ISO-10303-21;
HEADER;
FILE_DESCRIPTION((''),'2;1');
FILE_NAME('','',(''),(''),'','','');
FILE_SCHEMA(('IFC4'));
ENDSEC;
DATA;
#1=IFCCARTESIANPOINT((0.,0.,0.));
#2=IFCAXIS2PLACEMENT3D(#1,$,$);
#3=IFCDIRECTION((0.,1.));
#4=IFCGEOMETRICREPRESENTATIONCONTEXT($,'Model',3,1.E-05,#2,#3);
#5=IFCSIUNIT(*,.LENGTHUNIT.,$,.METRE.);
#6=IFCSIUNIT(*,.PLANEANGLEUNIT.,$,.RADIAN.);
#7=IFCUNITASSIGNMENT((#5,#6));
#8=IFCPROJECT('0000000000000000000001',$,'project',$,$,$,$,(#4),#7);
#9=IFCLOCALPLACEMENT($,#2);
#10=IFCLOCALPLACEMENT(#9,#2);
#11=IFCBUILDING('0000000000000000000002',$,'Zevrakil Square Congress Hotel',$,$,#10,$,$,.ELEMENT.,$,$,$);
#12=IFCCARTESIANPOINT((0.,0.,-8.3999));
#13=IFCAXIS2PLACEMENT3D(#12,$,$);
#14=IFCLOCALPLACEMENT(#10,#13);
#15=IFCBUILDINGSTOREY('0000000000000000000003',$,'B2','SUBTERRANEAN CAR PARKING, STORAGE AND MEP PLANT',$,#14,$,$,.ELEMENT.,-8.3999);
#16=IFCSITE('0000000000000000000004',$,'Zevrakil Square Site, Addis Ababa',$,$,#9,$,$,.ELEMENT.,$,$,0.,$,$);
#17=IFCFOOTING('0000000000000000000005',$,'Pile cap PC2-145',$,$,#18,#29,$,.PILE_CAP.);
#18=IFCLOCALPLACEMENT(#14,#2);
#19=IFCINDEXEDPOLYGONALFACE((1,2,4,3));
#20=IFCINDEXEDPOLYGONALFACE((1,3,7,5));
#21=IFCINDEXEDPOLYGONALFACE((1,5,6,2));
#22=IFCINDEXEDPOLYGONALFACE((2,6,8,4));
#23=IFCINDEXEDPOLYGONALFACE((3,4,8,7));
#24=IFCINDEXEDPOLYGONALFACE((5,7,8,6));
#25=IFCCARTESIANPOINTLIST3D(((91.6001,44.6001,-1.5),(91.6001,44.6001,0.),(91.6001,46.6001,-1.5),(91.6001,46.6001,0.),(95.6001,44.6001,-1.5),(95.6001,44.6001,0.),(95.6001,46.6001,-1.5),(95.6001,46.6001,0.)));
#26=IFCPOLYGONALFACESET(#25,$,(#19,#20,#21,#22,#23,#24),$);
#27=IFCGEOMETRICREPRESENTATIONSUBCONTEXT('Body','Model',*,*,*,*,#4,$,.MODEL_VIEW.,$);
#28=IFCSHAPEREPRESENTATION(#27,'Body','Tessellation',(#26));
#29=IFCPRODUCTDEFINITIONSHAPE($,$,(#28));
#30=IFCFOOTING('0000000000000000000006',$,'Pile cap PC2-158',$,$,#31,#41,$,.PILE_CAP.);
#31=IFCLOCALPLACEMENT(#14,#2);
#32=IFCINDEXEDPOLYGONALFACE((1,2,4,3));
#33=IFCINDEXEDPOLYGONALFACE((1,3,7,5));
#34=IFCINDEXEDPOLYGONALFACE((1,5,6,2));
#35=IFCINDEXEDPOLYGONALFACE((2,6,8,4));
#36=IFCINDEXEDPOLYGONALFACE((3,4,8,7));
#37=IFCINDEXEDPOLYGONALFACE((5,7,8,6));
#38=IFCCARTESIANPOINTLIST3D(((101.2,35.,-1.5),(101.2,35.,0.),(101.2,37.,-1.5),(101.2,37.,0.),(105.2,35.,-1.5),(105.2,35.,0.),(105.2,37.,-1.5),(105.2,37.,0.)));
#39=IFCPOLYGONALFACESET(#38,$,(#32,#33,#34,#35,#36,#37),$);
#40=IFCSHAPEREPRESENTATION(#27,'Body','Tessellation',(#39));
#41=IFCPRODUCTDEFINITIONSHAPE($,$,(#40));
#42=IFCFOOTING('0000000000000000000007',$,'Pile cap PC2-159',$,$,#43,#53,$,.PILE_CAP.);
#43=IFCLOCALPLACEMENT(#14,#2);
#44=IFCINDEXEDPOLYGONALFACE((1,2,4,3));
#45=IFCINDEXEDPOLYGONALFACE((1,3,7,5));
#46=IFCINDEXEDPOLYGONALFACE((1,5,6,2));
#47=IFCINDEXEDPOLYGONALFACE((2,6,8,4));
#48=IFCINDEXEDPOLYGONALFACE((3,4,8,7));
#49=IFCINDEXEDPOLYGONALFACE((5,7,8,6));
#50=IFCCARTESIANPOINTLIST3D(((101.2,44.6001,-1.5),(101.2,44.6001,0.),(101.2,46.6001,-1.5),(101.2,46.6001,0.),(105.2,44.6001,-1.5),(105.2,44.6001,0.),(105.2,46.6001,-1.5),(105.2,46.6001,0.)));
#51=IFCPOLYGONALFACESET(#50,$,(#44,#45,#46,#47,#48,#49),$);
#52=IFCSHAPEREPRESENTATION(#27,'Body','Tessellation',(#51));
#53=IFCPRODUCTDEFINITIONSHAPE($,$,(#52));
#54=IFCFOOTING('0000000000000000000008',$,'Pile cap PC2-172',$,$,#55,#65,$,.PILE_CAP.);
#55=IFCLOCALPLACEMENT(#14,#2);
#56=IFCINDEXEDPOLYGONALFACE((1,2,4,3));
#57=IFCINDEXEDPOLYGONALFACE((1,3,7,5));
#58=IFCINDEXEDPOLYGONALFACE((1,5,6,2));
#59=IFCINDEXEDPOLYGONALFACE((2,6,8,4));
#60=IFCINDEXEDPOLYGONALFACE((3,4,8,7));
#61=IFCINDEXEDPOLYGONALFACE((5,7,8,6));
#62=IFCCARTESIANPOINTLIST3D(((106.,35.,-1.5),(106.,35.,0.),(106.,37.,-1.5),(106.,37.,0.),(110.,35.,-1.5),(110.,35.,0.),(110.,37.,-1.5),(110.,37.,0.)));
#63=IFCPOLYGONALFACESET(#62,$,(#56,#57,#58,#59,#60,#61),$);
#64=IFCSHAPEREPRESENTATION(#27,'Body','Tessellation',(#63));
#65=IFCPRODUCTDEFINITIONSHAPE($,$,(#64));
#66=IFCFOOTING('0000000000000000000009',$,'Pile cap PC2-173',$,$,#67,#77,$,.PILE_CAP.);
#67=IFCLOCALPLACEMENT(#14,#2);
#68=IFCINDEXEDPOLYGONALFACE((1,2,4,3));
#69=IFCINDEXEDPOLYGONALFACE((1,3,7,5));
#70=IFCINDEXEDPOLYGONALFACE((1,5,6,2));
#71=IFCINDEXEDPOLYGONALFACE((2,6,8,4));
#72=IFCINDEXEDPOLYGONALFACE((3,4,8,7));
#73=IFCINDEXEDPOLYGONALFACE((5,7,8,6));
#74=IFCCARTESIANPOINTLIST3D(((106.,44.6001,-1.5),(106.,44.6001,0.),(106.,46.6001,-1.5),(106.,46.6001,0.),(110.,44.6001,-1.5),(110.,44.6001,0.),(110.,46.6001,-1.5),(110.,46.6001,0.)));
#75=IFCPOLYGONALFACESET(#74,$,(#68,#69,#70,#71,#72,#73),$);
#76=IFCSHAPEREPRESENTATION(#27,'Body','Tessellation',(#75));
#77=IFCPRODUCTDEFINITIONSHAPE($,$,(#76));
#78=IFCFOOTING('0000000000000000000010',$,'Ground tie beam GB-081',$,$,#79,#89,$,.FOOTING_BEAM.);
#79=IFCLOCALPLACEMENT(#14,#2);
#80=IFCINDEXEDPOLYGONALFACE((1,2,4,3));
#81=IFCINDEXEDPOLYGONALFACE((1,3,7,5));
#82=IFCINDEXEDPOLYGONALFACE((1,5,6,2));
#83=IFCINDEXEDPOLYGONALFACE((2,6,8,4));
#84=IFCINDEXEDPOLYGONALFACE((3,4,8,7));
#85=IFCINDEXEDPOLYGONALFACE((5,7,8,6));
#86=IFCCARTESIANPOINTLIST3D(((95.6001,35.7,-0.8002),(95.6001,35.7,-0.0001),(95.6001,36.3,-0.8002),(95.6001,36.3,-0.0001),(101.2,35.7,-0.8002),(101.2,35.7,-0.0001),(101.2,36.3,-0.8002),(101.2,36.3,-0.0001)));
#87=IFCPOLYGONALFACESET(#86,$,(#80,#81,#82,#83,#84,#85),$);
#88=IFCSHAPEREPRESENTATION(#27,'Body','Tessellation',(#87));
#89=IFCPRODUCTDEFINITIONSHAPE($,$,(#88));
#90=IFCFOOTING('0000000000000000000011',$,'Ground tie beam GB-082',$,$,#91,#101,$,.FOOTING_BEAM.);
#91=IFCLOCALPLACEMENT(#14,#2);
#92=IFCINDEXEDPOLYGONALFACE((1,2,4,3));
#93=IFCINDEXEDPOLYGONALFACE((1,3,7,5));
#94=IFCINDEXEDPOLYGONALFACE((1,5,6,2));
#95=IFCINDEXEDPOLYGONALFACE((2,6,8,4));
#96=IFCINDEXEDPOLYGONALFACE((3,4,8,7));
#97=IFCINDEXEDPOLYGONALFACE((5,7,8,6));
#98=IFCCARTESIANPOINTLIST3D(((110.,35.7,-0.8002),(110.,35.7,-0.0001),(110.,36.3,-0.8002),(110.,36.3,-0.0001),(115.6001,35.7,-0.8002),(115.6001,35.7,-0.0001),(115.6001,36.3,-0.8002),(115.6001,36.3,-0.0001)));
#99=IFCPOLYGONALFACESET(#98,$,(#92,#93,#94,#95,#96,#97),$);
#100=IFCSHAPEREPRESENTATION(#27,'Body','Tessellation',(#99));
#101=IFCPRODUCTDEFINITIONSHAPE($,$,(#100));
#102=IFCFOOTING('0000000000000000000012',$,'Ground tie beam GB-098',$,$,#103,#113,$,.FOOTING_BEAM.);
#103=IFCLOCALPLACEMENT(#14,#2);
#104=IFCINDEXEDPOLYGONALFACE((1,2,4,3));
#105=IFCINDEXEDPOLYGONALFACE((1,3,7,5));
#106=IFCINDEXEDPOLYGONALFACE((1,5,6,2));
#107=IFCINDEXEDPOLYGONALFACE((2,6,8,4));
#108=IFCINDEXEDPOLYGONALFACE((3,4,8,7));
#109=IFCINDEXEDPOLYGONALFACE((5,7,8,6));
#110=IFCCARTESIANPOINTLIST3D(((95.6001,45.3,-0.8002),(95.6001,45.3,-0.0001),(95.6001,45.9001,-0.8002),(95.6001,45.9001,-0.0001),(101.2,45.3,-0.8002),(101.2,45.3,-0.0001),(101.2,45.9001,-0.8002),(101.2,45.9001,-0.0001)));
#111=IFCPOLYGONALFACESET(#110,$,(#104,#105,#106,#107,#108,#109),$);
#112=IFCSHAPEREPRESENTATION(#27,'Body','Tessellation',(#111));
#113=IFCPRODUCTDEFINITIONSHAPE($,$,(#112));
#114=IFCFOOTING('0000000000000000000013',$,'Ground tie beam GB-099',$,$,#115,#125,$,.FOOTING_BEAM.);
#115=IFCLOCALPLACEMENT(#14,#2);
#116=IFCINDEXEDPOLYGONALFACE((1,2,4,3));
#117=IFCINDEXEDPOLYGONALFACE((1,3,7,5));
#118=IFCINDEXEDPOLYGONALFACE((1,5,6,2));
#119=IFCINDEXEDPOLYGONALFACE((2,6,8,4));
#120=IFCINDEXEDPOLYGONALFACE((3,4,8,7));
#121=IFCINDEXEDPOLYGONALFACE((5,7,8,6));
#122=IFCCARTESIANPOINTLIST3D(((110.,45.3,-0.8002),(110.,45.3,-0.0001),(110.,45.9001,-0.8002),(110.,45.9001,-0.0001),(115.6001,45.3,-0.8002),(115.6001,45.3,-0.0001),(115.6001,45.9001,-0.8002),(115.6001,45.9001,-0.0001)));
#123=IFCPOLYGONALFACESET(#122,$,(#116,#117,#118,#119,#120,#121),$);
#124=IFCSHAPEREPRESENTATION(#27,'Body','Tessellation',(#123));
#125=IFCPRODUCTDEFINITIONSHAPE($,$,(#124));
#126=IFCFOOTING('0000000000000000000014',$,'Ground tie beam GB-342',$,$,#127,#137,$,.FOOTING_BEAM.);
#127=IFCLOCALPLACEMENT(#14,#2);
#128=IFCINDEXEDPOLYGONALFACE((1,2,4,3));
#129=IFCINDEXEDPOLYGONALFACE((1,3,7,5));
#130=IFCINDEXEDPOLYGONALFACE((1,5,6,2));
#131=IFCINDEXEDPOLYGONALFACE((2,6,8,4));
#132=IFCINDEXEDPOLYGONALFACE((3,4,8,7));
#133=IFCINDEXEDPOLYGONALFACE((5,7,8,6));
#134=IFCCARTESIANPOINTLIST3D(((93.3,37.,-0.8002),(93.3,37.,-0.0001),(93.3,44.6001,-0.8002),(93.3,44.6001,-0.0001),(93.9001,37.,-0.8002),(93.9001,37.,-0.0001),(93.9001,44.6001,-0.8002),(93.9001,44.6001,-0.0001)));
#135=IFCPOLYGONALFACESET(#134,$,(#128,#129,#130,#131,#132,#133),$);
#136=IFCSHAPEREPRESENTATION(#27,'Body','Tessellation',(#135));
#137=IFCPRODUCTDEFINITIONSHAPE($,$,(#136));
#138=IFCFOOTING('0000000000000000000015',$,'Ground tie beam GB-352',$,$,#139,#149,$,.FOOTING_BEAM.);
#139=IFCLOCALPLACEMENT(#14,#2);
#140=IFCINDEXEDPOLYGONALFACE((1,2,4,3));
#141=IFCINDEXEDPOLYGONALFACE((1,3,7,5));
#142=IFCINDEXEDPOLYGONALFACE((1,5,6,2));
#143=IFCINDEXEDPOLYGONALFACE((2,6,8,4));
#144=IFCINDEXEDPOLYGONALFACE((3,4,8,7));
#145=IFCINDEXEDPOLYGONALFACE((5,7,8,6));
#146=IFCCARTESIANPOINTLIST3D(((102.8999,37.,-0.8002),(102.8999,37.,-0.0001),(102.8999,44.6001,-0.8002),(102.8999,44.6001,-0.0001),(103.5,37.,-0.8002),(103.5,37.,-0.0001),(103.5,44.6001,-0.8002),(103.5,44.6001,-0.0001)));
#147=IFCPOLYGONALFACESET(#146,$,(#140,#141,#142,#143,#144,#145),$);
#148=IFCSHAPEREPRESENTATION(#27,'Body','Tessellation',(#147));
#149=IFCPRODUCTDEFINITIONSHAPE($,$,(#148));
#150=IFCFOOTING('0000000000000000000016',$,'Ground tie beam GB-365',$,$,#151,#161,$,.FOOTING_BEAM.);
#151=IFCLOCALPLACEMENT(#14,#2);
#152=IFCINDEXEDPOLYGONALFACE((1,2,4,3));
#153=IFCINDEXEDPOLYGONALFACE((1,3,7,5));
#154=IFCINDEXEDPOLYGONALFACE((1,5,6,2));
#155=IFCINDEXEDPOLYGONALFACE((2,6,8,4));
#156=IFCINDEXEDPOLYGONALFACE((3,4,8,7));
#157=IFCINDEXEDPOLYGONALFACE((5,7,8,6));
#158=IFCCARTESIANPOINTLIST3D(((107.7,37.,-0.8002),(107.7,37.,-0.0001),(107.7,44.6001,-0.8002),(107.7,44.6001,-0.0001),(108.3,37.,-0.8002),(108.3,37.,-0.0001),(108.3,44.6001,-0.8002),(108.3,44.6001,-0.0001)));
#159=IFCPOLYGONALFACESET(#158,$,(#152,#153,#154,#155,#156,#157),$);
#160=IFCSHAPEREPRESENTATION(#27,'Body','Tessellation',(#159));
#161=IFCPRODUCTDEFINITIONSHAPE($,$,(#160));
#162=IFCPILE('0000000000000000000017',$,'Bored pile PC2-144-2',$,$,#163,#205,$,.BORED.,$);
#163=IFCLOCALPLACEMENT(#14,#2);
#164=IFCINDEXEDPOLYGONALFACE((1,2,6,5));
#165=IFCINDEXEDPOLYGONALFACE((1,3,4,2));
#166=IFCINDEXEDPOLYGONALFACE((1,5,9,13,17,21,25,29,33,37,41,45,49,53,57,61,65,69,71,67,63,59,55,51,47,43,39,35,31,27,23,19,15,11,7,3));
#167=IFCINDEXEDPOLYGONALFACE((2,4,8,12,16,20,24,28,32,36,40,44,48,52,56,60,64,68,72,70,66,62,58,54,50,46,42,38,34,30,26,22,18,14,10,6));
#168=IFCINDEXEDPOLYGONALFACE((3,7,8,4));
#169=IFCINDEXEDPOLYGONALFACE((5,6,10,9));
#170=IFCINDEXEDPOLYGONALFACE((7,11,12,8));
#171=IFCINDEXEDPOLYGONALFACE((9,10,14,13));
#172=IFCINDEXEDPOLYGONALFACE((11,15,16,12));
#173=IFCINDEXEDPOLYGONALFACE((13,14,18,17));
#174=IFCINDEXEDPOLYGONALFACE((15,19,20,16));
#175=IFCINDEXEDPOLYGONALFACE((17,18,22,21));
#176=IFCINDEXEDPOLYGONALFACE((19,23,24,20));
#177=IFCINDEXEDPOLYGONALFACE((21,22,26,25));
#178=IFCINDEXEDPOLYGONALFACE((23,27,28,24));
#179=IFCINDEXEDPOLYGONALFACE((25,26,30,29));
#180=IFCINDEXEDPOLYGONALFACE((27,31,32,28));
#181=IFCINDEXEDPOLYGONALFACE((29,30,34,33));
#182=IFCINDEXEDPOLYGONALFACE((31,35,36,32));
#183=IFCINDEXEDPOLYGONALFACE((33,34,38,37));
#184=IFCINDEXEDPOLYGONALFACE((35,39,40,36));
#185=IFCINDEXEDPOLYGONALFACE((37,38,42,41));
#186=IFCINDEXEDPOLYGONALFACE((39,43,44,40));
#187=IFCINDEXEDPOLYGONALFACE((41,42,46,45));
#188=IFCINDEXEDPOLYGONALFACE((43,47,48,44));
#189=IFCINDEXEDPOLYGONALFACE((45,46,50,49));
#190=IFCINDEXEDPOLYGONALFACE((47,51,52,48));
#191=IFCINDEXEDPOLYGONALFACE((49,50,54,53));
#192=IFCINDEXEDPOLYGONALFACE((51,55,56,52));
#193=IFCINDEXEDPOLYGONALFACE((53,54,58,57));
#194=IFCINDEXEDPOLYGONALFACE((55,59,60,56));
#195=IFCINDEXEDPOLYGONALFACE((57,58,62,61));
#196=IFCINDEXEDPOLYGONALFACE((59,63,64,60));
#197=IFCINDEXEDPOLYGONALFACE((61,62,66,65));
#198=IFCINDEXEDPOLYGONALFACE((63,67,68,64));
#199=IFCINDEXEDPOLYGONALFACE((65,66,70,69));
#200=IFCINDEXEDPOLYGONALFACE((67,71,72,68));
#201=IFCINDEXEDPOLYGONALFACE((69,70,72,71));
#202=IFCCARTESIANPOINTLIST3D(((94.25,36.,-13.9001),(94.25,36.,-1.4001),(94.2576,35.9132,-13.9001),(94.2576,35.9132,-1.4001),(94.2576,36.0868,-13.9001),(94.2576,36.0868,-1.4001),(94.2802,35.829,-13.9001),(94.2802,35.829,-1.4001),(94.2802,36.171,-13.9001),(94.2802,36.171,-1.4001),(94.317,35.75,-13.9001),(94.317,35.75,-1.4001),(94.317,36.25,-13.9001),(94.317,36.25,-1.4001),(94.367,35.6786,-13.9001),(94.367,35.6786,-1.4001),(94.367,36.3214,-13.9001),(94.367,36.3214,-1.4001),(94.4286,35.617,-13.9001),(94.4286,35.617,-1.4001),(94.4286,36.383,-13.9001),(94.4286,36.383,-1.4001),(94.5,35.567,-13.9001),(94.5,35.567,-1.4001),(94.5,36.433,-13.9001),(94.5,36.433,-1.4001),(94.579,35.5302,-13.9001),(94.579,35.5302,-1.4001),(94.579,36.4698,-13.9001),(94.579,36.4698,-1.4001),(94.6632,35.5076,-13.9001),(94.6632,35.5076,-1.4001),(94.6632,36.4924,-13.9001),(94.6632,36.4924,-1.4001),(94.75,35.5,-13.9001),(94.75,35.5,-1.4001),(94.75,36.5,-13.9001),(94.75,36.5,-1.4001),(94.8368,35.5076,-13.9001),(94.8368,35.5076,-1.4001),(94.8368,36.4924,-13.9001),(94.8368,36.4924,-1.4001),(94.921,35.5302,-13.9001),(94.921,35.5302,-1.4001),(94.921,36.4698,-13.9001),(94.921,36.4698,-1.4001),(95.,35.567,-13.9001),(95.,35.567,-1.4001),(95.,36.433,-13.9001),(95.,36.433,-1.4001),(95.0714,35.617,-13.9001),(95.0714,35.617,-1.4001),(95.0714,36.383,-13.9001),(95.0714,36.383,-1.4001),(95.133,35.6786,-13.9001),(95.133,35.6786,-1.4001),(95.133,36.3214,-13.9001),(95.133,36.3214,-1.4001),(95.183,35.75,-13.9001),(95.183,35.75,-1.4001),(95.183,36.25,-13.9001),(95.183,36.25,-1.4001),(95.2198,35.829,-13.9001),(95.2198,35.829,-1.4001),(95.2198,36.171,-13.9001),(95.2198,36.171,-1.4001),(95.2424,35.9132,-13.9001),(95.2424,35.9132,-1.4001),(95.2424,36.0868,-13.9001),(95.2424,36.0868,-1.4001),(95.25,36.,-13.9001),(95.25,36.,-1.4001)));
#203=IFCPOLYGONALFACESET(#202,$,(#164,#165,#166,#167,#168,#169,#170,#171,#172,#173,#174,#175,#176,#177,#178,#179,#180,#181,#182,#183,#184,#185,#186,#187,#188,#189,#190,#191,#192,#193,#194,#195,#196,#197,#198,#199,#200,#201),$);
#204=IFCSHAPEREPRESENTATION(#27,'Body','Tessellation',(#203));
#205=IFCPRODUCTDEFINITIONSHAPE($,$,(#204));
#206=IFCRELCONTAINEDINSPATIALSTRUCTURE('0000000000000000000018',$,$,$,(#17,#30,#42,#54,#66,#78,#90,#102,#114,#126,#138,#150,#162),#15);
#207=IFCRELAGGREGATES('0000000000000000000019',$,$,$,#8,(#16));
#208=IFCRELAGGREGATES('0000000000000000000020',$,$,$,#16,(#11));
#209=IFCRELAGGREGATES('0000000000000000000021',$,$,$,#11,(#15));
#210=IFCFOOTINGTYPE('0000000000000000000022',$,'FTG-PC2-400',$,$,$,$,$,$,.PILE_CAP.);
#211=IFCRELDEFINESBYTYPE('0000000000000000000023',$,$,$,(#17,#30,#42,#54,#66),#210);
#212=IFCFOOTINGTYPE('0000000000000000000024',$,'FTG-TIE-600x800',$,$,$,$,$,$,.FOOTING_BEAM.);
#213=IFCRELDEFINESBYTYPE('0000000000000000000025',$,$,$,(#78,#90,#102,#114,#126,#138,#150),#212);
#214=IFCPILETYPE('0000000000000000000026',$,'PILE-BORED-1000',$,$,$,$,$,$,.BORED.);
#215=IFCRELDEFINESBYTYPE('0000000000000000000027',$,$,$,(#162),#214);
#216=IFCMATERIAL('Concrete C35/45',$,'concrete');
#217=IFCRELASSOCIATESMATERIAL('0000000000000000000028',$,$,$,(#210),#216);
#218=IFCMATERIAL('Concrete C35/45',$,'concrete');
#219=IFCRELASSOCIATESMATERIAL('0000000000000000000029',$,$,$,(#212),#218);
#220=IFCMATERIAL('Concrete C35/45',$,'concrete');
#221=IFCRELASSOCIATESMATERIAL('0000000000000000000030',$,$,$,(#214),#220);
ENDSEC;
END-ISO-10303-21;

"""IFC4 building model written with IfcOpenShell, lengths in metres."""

from ifc_helpers import new_model, si_unit, direction, frame, origin, origin_2d, place, context, subcontext, project, spatial, rectangle, circle, extrude, material, material_profile, profile_set, type_object, element, save


model = new_model("IFC4")

# Units and contexts
model_context = context("Model", 3, precision=1e-05, world=origin(), true_north=direction((0.0, 1.0)))
body_context = subcontext(model_context, "Body", "Model", "MODEL_VIEW")
ifc_project = project(units=[si_unit("LENGTHUNIT", "METRE"), si_unit("PLANEANGLEUNIT", "RADIAN")], contexts=[model_context])

# Site, building, storey
site_placement = place(None, origin())
site = spatial("IfcSite", under=ifc_project, at=site_placement, Name="Zevrakil Square Site, Addis Ababa", CompositionType="ELEMENT", RefElevation=0.0)
building_placement = place(site_placement, origin())
building = spatial("IfcBuilding", under=site, at=building_placement, Name="Zevrakil Square Congress Hotel", CompositionType="ELEMENT")
storey_placement = place(building_placement, frame((0.0, 0.0, -8.3999)))
storey = spatial("IfcBuildingStorey", under=building, at=storey_placement, Name="B2", Description="SUBTERRANEAN CAR PARKING, STORAGE AND MEP PLANT", CompositionType="ELEMENT", Elevation=-8.3999)

# Footings
ifc_material_1 = material(Name="Concrete C35/45", Category="concrete")
footing_type_1 = type_object("IfcFootingType", Name="FTG-PC2-400", PredefinedType="PILE_CAP", material=ifc_material_1)
for number, where, z_axis, x_axis, name in (
    (1, (93.6001, 45.6001, -1.5), (0.0, 0.0, 1.0), (1.0, 0.0, 0.0), "Pile cap PC2-145"),
    (2, (103.2, 36.0, -1.5), (0.0, 0.0, 1.0), (1.0, 0.0, 0.0), "Pile cap PC2-158"),
    (3, (103.2, 45.6001, -1.5), (0.0, 0.0, 1.0), (1.0, 0.0, 0.0), "Pile cap PC2-159"),
    (4, (108.0, 36.0, -1.5), (0.0, 0.0, 1.0), (1.0, 0.0, 0.0), "Pile cap PC2-172"),
    (5, (108.0, 45.6001, -1.5), (0.0, 0.0, 1.0), (1.0, 0.0, 0.0), "Pile cap PC2-173"),
):
    element("IfcFooting", number, at=place(storey_placement, frame(where, z_axis=z_axis, x_axis=x_axis)), inside=storey, type_object=footing_type_1, Name=name, PredefinedType="PILE_CAP", context=body_context, shape_type="SweptSolid", body=[
        extrude(rectangle(XDim=4.0, YDim=2.0, at=origin_2d()), origin(), (0.0, 0.0, 1.0), 1.5),
    ])
ifc_material_2 = material(Name="Concrete C35/45", Category="concrete")
ifc_material_profile_1 = material_profile(ifc_material_2, rectangle(XDim=0.6001, YDim=0.8, at=origin_2d()), Name="RC 600x800")
ifc_profile_set_1 = profile_set([ifc_material_profile_1], Name="Concrete C35/45")
footing_type_2 = type_object("IfcFootingType", Name="FTG-TIE-600x800", PredefinedType="FOOTING_BEAM", material=ifc_profile_set_1)
footing_1_placement = place(storey_placement, frame((95.6001, 36.0, -0.4001), z_axis=(1.0, 0.0, 0.0), x_axis=(0.0, 1.0, 0.0)))
element("IfcFooting", 6, at=footing_1_placement, inside=storey, type_object=footing_type_2, Name="Ground tie beam GB-081", PredefinedType="FOOTING_BEAM", context=body_context, shape_type="SweptSolid", body=[
    extrude(rectangle(XDim=0.6001, YDim=0.8, at=origin_2d()), origin(), (0.0, 0.0, 1.0), 5.5999),
])
footing_2_placement = place(storey_placement, frame((110.0, 36.0, -0.4001), z_axis=(1.0, 0.0, 0.0), x_axis=(0.0, 1.0, 0.0)))
element("IfcFooting", 7, at=footing_2_placement, inside=storey, type_object=footing_type_2, Name="Ground tie beam GB-082", PredefinedType="FOOTING_BEAM", context=body_context, shape_type="SweptSolid", body=[
    extrude(rectangle(XDim=0.6001, YDim=0.8, at=origin_2d()), origin(), (0.0, 0.0, 1.0), 5.6001),
])
footing_3_placement = place(storey_placement, frame((95.6001, 45.6001, -0.4001), z_axis=(1.0, 0.0, 0.0), x_axis=(0.0, 1.0, 0.0)))
element("IfcFooting", 8, at=footing_3_placement, inside=storey, type_object=footing_type_2, Name="Ground tie beam GB-098", PredefinedType="FOOTING_BEAM", context=body_context, shape_type="SweptSolid", body=[
    extrude(rectangle(XDim=0.6001, YDim=0.8, at=origin_2d()), origin(), (0.0, 0.0, 1.0), 5.5999),
])
footing_4_placement = place(storey_placement, frame((110.0, 45.6001, -0.4001), z_axis=(1.0, 0.0, 0.0), x_axis=(0.0, 1.0, 0.0)))
element("IfcFooting", 9, at=footing_4_placement, inside=storey, type_object=footing_type_2, Name="Ground tie beam GB-099", PredefinedType="FOOTING_BEAM", context=body_context, shape_type="SweptSolid", body=[
    extrude(rectangle(XDim=0.6001, YDim=0.8, at=origin_2d()), origin(), (0.0, 0.0, 1.0), 5.6001),
])
for number, where, z_axis, x_axis, name in (
    (10, (93.6001, 37.0, -0.4001), (0.0, 1.0, 0.0), (-1.0, 0.0, 0.0), "Ground tie beam GB-342"),
    (11, (103.2, 37.0, -0.4001), (0.0, 1.0, 0.0), (-1.0, 0.0, 0.0), "Ground tie beam GB-352"),
    (12, (108.0, 37.0, -0.4001), (0.0, 1.0, 0.0), (-1.0, 0.0, 0.0), "Ground tie beam GB-365"),
):
    element("IfcFooting", number, at=place(storey_placement, frame(where, z_axis=z_axis, x_axis=x_axis)), inside=storey, type_object=footing_type_2, Name=name, PredefinedType="FOOTING_BEAM", context=body_context, shape_type="SweptSolid", body=[
        extrude(rectangle(XDim=0.6001, YDim=0.8, at=origin_2d()), origin(), (0.0, 0.0, 1.0), 7.6001),
    ])

# Pile
ifc_material_3 = material(Name="Concrete C35/45", Category="concrete")
ifc_material_profile_2 = material_profile(ifc_material_3, circle(Radius=0.5, at=origin_2d()), Name="PILE D1000")
ifc_profile_set_2 = profile_set([ifc_material_profile_2], Name="Concrete C35/45")
pile_type = type_object("IfcPileType", Name="PILE-BORED-1000", PredefinedType="BORED", material=ifc_profile_set_2)
for number, where, z_axis, x_axis, name in (
    (13, (94.75, 36.0, -1.4001), (0.0, 0.0, -1.0), (1.0, 0.0, 0.0), "Bored pile PC2-144-2"),
):
    element("IfcPile", number, at=place(storey_placement, frame(where, z_axis=z_axis, x_axis=x_axis)), inside=storey, type_object=pile_type, Name=name, PredefinedType="BORED", context=body_context, shape_type="SweptSolid", body=[
        extrude(circle(Radius=0.5, at=origin_2d()), origin(), (0.0, 0.0, 1.0), 12.5),
    ])

save(model, "model.ifc")
